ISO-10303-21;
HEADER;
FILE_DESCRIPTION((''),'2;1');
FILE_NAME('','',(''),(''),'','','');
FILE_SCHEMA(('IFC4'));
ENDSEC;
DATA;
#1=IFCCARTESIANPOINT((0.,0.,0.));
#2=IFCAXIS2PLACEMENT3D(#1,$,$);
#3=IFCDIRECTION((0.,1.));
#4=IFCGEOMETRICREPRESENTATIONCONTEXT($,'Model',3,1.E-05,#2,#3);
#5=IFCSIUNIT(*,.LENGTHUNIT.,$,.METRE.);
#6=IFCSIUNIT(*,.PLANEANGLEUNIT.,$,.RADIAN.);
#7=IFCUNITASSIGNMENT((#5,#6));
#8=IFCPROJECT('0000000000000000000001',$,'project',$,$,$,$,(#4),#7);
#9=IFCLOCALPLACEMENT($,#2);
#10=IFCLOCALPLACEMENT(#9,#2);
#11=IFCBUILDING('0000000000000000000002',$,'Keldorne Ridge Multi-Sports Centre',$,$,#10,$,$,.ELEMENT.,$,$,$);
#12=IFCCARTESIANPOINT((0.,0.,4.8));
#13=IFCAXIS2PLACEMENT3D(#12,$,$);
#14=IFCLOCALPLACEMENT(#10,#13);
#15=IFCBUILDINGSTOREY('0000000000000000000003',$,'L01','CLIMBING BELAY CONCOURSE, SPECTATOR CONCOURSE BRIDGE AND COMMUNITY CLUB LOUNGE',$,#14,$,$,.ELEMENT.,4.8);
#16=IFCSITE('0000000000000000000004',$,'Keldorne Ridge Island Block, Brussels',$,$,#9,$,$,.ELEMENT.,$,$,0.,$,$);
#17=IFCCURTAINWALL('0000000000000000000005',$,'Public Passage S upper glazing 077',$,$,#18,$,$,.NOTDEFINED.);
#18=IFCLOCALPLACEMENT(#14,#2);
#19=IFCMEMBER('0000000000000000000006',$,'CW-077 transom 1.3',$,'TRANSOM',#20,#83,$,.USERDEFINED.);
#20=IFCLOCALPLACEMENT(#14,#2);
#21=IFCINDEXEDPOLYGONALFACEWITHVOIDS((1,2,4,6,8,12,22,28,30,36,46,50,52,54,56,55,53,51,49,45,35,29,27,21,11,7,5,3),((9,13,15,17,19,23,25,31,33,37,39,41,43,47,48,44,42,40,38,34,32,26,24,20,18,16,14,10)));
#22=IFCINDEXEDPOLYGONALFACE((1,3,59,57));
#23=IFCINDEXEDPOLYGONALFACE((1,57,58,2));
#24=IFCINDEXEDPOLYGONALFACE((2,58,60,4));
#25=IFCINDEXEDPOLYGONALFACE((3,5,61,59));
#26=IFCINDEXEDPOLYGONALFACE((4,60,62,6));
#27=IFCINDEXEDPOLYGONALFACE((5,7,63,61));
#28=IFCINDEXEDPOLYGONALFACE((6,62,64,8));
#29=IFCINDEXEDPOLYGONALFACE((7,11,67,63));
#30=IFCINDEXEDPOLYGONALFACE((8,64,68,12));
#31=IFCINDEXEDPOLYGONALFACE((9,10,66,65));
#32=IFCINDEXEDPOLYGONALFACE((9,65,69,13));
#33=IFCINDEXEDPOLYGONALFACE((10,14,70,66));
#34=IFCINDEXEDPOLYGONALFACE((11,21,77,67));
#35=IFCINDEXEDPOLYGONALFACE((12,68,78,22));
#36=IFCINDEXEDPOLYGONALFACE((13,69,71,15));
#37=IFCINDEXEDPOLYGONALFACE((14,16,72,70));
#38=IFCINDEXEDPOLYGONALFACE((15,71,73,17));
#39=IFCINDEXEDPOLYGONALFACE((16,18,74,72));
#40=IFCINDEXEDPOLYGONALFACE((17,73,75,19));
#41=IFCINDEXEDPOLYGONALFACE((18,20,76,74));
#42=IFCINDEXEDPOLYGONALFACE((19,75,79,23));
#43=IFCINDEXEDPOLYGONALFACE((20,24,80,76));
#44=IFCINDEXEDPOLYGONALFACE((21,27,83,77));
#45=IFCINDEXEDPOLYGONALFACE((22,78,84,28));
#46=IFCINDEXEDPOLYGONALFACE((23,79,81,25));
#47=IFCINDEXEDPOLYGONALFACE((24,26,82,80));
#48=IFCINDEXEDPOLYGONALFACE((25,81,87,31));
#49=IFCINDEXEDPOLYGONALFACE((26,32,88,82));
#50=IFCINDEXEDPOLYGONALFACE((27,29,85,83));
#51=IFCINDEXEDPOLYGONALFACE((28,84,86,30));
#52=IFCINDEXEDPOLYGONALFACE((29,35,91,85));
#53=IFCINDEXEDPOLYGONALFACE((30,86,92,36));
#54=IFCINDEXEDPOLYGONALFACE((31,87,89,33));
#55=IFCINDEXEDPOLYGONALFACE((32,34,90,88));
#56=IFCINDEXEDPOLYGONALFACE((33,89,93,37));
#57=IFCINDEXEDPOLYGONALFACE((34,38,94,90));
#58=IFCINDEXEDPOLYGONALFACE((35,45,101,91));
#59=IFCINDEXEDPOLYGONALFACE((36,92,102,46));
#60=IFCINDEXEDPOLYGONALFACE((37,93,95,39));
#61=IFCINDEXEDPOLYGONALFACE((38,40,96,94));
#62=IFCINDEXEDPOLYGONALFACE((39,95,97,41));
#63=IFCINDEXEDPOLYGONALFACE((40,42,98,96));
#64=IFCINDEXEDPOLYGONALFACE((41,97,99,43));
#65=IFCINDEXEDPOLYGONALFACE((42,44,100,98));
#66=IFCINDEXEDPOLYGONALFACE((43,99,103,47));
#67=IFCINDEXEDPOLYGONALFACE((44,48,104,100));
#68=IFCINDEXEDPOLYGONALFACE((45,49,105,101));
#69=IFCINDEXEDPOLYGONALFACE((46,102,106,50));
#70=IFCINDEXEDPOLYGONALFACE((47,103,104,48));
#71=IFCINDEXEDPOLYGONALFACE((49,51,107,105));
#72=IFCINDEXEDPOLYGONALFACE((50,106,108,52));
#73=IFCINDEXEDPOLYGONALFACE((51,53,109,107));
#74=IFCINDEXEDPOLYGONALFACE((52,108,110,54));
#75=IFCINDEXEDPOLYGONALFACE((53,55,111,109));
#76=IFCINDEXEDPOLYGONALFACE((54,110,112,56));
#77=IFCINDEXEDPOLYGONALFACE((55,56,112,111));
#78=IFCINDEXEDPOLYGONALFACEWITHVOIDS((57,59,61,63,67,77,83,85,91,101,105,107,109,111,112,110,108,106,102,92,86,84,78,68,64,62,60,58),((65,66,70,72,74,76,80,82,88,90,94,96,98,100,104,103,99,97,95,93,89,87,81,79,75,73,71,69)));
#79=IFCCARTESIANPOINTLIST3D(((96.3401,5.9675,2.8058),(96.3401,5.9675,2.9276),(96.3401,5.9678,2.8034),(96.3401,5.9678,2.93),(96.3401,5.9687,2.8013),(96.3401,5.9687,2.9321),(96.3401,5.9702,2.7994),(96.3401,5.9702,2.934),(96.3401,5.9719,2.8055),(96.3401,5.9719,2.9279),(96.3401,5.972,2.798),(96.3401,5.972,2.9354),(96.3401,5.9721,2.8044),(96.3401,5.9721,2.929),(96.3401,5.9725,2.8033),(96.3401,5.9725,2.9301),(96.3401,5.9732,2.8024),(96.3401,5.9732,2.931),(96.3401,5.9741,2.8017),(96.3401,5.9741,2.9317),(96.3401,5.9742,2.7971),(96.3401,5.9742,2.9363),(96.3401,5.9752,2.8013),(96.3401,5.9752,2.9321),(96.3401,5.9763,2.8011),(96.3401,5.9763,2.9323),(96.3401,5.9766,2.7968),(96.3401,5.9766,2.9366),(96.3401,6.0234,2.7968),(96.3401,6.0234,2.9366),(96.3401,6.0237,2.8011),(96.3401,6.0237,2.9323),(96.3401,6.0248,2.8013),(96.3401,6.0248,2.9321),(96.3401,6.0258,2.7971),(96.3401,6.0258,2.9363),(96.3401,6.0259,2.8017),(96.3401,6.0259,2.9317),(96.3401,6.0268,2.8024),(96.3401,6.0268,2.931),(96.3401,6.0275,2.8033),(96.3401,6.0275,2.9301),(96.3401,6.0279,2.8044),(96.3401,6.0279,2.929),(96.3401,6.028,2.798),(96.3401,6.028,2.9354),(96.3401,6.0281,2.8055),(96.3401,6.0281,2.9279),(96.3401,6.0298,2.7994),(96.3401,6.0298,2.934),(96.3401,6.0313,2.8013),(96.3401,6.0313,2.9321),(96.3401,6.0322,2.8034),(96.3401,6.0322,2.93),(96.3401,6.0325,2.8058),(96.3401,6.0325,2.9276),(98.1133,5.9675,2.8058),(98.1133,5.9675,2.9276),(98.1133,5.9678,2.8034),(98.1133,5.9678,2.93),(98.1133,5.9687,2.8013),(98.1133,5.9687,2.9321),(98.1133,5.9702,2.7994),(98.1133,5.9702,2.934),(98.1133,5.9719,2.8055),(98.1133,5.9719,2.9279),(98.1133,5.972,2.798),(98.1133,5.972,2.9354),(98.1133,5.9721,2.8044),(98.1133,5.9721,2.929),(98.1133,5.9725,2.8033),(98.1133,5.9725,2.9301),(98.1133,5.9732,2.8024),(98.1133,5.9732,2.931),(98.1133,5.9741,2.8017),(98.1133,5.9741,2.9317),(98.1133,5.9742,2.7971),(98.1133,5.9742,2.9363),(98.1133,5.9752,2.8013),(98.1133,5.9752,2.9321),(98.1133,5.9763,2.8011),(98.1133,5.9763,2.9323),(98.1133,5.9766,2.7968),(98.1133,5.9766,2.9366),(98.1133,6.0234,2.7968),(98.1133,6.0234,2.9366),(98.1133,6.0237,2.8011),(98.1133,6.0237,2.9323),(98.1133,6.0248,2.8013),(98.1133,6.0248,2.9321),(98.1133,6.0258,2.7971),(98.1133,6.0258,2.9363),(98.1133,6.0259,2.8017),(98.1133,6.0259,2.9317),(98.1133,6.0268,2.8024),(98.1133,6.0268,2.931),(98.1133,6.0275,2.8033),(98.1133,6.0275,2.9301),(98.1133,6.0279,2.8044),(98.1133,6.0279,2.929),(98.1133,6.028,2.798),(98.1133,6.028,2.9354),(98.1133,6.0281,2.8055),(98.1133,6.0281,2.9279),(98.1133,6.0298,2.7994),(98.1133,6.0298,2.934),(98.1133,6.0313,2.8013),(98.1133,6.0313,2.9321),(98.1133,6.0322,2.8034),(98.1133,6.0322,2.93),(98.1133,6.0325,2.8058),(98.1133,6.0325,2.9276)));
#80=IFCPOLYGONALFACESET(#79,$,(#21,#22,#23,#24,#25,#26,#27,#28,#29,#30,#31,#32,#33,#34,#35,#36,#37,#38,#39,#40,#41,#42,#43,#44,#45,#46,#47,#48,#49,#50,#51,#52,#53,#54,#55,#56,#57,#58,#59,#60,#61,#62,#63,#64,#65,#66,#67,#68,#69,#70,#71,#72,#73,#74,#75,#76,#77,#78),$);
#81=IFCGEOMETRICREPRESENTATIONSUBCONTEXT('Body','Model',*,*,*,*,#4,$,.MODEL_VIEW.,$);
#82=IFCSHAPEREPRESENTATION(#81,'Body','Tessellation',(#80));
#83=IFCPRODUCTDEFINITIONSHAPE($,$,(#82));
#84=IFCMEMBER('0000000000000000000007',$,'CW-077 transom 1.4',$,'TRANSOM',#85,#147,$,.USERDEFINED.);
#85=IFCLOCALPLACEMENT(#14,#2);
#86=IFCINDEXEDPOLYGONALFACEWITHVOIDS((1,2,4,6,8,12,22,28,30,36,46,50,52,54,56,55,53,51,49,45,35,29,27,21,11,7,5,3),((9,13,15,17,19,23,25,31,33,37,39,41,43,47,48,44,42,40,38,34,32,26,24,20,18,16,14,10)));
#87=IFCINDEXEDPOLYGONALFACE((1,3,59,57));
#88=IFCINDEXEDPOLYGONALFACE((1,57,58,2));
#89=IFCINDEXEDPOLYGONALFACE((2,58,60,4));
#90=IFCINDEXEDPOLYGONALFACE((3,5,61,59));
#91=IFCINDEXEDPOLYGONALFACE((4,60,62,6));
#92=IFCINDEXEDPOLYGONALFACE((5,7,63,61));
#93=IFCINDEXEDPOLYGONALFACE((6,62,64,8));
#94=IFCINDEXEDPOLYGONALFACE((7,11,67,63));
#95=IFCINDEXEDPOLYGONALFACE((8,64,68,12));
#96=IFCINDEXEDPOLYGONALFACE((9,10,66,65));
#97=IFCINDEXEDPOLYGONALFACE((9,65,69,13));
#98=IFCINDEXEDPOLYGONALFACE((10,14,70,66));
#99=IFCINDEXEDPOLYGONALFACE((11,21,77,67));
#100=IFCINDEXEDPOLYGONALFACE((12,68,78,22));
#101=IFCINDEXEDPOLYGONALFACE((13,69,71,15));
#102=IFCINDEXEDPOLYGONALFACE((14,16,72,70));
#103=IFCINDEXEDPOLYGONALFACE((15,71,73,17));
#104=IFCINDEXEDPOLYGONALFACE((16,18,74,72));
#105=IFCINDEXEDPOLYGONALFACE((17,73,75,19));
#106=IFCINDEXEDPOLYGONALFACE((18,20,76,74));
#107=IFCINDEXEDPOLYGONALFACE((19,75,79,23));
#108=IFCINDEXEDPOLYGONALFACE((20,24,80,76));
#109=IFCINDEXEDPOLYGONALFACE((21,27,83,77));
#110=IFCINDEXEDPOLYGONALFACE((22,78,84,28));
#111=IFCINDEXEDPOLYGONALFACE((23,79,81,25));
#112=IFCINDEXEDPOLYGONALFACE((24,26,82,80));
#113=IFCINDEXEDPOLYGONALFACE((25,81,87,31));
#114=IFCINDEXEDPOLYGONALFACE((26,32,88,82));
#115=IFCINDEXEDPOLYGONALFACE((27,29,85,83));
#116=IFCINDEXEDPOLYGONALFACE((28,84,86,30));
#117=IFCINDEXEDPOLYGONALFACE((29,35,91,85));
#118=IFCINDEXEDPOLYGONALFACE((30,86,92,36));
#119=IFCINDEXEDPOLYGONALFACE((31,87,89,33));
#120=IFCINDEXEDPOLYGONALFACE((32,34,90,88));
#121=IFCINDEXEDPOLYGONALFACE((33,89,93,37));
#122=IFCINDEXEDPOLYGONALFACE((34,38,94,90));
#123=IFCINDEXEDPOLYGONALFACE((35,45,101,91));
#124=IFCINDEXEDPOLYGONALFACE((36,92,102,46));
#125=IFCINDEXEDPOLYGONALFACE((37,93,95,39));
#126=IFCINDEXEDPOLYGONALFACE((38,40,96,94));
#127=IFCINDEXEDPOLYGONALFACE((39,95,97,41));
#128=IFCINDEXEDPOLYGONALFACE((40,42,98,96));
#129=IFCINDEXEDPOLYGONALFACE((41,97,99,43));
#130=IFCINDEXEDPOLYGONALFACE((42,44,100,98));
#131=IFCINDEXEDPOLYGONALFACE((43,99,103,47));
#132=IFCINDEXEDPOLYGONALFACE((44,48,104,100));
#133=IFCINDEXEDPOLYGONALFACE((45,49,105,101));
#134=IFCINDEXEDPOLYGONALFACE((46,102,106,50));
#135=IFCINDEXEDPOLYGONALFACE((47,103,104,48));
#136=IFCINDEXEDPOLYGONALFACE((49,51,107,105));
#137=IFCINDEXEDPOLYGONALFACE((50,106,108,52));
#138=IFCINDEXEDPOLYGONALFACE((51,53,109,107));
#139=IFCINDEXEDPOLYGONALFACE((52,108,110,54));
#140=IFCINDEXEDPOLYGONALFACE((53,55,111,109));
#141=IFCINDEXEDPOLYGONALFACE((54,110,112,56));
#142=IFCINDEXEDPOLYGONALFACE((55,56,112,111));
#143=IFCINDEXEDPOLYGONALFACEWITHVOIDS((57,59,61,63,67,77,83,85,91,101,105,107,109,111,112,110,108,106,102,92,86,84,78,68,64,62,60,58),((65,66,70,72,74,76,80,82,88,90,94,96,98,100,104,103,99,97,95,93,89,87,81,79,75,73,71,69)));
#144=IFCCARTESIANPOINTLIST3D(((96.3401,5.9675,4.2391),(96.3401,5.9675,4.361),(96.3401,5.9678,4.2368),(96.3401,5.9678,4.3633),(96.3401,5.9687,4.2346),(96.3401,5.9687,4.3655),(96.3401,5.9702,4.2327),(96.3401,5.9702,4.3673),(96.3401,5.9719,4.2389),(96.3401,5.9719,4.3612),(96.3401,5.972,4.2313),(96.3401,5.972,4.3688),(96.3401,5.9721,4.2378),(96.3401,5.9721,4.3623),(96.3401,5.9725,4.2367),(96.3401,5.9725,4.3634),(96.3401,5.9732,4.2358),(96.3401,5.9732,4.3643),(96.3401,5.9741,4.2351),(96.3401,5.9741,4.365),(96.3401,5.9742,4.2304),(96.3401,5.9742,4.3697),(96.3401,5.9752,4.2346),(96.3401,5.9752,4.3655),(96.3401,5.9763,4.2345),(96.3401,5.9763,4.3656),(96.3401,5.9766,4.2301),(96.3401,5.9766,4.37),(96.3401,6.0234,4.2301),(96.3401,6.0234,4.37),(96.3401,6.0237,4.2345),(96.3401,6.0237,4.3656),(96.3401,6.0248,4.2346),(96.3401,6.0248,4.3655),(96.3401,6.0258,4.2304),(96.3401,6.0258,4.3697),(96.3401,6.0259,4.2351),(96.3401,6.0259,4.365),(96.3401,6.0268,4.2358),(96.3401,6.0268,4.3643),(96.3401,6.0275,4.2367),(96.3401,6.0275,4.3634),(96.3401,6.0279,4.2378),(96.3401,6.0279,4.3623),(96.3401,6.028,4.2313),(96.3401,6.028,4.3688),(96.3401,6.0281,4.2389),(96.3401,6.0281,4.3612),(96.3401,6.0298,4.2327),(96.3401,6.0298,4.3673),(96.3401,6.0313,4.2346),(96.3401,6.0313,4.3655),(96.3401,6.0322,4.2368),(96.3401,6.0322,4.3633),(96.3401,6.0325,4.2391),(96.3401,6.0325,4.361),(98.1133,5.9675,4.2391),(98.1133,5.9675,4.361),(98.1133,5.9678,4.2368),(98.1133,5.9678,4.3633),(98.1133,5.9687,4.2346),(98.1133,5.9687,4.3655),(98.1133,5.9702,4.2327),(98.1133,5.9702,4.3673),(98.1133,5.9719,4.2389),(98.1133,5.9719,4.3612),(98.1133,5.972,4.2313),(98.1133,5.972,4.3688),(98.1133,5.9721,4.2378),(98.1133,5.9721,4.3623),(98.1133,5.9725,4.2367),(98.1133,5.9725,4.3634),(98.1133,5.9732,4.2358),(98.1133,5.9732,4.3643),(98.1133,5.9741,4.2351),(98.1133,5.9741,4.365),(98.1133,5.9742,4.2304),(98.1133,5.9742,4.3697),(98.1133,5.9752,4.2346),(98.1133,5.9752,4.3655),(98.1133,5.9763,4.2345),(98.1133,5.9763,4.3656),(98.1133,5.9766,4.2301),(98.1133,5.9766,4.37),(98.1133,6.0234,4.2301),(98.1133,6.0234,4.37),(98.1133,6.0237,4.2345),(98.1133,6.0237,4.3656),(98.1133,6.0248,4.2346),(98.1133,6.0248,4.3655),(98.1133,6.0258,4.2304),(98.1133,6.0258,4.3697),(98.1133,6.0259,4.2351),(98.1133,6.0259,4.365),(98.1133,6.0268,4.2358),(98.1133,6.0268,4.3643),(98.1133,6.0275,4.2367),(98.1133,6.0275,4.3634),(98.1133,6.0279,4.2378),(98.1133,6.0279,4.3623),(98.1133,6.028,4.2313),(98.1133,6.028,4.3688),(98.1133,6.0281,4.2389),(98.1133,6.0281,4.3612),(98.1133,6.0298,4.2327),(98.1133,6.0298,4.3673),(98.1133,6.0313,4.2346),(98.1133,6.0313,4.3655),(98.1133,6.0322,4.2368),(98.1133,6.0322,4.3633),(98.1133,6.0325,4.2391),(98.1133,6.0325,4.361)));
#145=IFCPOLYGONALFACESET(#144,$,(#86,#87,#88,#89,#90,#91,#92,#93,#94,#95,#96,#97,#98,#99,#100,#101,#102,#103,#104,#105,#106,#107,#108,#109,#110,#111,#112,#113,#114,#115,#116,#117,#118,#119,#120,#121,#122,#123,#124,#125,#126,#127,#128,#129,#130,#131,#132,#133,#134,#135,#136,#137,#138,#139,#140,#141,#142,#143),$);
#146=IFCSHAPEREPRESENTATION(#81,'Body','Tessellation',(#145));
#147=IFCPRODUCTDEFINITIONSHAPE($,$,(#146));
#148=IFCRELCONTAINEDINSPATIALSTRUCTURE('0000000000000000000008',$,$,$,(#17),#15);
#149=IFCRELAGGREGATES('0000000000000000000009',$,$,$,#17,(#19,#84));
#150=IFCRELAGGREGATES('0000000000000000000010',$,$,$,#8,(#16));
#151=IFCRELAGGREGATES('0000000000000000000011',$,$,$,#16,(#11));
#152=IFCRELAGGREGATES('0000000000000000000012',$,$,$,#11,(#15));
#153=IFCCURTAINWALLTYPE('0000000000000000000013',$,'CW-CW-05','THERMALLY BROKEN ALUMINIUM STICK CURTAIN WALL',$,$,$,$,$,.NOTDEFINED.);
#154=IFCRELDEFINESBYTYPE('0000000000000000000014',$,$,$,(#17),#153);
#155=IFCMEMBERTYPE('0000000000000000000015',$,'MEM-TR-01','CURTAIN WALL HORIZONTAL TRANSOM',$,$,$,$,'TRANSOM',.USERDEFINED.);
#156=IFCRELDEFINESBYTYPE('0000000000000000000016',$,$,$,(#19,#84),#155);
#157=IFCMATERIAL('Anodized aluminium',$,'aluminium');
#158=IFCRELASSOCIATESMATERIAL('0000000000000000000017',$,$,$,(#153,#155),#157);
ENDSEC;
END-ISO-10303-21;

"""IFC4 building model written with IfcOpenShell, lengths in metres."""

from ifc_helpers import new_model, si_unit, direction, frame, origin, origin_2d, place, context, subcontext, project, spatial, hollow_rectangle, extrude, material, material_profile, profile_set, type_object, element, aggregate, save


model = new_model("IFC4")

# Units and contexts
model_context = context("Model", 3, precision=1e-05, world=origin(), true_north=direction((0.0, 1.0)))
body_context = subcontext(model_context, "Body", "Model", "MODEL_VIEW")
ifc_project = project(units=[si_unit("LENGTHUNIT", "METRE"), si_unit("PLANEANGLEUNIT", "RADIAN")], contexts=[model_context])

# Site, building, storey
site_placement = place(None, origin())
site = spatial("IfcSite", under=ifc_project, at=site_placement, Name="Keldorne Ridge Island Block, Brussels", CompositionType="ELEMENT", RefElevation=0.0)
building_placement = place(site_placement, origin())
building = spatial("IfcBuilding", under=site, at=building_placement, Name="Keldorne Ridge Multi-Sports Centre", CompositionType="ELEMENT")
storey_placement = place(building_placement, frame((0.0, 0.0, 4.8)))
storey = spatial("IfcBuildingStorey", under=building, at=storey_placement, Name="L01", Description="CLIMBING BELAY CONCOURSE, SPECTATOR CONCOURSE BRIDGE AND COMMUNITY CLUB LOUNGE", CompositionType="ELEMENT", Elevation=4.8)

# Curtain wall
ifc_material_1 = material(Name="Anodized aluminium", Category="aluminium")
curtain_wall_type_1 = type_object("IfcCurtainWallType", Name="CW-CW-05", Description="THERMALLY BROKEN ALUMINIUM STICK CURTAIN WALL", PredefinedType="NOTDEFINED", material=ifc_material_1)
curtain_wall_1_placement = place(storey_placement, origin())
curtain_wall_1 = element("IfcCurtainWall", 1, at=curtain_wall_1_placement, inside=storey, type_object=curtain_wall_type_1, Name="Public Passage S upper glazing 077", PredefinedType="NOTDEFINED")

# Members
ifc_material_profile_1 = material_profile(ifc_material_1, hollow_rectangle(XDim=0.0649, YDim=0.1399, WallThickness=0.0044, InnerFilletRadius=0.0044, OuterFilletRadius=0.009, at=origin_2d()), Name="ALU TRANSOM 140x65x4.5")
ifc_profile_set_1 = profile_set([ifc_material_profile_1], Name="Anodized aluminium")
member_type_1 = type_object("IfcMemberType", Name="MEM-TR-01", Description="CURTAIN WALL HORIZONTAL TRANSOM", ElementType="TRANSOM", PredefinedType="USERDEFINED", material=ifc_profile_set_1)
member_1_placement = place(storey_placement, frame((96.3401, 6.0, 2.8667), z_axis=(1.0, 0.0, 0.0), x_axis=(0.0, 1.0, 0.0)))
member_1 = element("IfcMember", 2, at=member_1_placement, type_object=member_type_1, Name="CW-077 transom 1.3", ObjectType="TRANSOM", PredefinedType="USERDEFINED", context=body_context, shape_type="SweptSolid", body=[
    extrude(hollow_rectangle(XDim=0.0649, YDim=0.1399, WallThickness=0.0044, InnerFilletRadius=0.0044, OuterFilletRadius=0.009, at=origin_2d()), origin(), (0.0, 0.0, 1.0), 1.7732),
])
member_2_placement = place(storey_placement, frame((96.3401, 6.0, 4.3), z_axis=(1.0, 0.0, 0.0), x_axis=(0.0, 1.0, 0.0)))
member_2 = element("IfcMember", 3, at=member_2_placement, type_object=member_type_1, Name="CW-077 transom 1.4", ObjectType="TRANSOM", PredefinedType="USERDEFINED", context=body_context, shape_type="SweptSolid", body=[
    extrude(hollow_rectangle(XDim=0.0649, YDim=0.1399, WallThickness=0.0044, InnerFilletRadius=0.0044, OuterFilletRadius=0.009, at=origin_2d()), origin(), (0.0, 0.0, 1.0), 1.7732),
])

aggregate(curtain_wall_1, [member_1, member_2])

save(model, "model.ifc")
